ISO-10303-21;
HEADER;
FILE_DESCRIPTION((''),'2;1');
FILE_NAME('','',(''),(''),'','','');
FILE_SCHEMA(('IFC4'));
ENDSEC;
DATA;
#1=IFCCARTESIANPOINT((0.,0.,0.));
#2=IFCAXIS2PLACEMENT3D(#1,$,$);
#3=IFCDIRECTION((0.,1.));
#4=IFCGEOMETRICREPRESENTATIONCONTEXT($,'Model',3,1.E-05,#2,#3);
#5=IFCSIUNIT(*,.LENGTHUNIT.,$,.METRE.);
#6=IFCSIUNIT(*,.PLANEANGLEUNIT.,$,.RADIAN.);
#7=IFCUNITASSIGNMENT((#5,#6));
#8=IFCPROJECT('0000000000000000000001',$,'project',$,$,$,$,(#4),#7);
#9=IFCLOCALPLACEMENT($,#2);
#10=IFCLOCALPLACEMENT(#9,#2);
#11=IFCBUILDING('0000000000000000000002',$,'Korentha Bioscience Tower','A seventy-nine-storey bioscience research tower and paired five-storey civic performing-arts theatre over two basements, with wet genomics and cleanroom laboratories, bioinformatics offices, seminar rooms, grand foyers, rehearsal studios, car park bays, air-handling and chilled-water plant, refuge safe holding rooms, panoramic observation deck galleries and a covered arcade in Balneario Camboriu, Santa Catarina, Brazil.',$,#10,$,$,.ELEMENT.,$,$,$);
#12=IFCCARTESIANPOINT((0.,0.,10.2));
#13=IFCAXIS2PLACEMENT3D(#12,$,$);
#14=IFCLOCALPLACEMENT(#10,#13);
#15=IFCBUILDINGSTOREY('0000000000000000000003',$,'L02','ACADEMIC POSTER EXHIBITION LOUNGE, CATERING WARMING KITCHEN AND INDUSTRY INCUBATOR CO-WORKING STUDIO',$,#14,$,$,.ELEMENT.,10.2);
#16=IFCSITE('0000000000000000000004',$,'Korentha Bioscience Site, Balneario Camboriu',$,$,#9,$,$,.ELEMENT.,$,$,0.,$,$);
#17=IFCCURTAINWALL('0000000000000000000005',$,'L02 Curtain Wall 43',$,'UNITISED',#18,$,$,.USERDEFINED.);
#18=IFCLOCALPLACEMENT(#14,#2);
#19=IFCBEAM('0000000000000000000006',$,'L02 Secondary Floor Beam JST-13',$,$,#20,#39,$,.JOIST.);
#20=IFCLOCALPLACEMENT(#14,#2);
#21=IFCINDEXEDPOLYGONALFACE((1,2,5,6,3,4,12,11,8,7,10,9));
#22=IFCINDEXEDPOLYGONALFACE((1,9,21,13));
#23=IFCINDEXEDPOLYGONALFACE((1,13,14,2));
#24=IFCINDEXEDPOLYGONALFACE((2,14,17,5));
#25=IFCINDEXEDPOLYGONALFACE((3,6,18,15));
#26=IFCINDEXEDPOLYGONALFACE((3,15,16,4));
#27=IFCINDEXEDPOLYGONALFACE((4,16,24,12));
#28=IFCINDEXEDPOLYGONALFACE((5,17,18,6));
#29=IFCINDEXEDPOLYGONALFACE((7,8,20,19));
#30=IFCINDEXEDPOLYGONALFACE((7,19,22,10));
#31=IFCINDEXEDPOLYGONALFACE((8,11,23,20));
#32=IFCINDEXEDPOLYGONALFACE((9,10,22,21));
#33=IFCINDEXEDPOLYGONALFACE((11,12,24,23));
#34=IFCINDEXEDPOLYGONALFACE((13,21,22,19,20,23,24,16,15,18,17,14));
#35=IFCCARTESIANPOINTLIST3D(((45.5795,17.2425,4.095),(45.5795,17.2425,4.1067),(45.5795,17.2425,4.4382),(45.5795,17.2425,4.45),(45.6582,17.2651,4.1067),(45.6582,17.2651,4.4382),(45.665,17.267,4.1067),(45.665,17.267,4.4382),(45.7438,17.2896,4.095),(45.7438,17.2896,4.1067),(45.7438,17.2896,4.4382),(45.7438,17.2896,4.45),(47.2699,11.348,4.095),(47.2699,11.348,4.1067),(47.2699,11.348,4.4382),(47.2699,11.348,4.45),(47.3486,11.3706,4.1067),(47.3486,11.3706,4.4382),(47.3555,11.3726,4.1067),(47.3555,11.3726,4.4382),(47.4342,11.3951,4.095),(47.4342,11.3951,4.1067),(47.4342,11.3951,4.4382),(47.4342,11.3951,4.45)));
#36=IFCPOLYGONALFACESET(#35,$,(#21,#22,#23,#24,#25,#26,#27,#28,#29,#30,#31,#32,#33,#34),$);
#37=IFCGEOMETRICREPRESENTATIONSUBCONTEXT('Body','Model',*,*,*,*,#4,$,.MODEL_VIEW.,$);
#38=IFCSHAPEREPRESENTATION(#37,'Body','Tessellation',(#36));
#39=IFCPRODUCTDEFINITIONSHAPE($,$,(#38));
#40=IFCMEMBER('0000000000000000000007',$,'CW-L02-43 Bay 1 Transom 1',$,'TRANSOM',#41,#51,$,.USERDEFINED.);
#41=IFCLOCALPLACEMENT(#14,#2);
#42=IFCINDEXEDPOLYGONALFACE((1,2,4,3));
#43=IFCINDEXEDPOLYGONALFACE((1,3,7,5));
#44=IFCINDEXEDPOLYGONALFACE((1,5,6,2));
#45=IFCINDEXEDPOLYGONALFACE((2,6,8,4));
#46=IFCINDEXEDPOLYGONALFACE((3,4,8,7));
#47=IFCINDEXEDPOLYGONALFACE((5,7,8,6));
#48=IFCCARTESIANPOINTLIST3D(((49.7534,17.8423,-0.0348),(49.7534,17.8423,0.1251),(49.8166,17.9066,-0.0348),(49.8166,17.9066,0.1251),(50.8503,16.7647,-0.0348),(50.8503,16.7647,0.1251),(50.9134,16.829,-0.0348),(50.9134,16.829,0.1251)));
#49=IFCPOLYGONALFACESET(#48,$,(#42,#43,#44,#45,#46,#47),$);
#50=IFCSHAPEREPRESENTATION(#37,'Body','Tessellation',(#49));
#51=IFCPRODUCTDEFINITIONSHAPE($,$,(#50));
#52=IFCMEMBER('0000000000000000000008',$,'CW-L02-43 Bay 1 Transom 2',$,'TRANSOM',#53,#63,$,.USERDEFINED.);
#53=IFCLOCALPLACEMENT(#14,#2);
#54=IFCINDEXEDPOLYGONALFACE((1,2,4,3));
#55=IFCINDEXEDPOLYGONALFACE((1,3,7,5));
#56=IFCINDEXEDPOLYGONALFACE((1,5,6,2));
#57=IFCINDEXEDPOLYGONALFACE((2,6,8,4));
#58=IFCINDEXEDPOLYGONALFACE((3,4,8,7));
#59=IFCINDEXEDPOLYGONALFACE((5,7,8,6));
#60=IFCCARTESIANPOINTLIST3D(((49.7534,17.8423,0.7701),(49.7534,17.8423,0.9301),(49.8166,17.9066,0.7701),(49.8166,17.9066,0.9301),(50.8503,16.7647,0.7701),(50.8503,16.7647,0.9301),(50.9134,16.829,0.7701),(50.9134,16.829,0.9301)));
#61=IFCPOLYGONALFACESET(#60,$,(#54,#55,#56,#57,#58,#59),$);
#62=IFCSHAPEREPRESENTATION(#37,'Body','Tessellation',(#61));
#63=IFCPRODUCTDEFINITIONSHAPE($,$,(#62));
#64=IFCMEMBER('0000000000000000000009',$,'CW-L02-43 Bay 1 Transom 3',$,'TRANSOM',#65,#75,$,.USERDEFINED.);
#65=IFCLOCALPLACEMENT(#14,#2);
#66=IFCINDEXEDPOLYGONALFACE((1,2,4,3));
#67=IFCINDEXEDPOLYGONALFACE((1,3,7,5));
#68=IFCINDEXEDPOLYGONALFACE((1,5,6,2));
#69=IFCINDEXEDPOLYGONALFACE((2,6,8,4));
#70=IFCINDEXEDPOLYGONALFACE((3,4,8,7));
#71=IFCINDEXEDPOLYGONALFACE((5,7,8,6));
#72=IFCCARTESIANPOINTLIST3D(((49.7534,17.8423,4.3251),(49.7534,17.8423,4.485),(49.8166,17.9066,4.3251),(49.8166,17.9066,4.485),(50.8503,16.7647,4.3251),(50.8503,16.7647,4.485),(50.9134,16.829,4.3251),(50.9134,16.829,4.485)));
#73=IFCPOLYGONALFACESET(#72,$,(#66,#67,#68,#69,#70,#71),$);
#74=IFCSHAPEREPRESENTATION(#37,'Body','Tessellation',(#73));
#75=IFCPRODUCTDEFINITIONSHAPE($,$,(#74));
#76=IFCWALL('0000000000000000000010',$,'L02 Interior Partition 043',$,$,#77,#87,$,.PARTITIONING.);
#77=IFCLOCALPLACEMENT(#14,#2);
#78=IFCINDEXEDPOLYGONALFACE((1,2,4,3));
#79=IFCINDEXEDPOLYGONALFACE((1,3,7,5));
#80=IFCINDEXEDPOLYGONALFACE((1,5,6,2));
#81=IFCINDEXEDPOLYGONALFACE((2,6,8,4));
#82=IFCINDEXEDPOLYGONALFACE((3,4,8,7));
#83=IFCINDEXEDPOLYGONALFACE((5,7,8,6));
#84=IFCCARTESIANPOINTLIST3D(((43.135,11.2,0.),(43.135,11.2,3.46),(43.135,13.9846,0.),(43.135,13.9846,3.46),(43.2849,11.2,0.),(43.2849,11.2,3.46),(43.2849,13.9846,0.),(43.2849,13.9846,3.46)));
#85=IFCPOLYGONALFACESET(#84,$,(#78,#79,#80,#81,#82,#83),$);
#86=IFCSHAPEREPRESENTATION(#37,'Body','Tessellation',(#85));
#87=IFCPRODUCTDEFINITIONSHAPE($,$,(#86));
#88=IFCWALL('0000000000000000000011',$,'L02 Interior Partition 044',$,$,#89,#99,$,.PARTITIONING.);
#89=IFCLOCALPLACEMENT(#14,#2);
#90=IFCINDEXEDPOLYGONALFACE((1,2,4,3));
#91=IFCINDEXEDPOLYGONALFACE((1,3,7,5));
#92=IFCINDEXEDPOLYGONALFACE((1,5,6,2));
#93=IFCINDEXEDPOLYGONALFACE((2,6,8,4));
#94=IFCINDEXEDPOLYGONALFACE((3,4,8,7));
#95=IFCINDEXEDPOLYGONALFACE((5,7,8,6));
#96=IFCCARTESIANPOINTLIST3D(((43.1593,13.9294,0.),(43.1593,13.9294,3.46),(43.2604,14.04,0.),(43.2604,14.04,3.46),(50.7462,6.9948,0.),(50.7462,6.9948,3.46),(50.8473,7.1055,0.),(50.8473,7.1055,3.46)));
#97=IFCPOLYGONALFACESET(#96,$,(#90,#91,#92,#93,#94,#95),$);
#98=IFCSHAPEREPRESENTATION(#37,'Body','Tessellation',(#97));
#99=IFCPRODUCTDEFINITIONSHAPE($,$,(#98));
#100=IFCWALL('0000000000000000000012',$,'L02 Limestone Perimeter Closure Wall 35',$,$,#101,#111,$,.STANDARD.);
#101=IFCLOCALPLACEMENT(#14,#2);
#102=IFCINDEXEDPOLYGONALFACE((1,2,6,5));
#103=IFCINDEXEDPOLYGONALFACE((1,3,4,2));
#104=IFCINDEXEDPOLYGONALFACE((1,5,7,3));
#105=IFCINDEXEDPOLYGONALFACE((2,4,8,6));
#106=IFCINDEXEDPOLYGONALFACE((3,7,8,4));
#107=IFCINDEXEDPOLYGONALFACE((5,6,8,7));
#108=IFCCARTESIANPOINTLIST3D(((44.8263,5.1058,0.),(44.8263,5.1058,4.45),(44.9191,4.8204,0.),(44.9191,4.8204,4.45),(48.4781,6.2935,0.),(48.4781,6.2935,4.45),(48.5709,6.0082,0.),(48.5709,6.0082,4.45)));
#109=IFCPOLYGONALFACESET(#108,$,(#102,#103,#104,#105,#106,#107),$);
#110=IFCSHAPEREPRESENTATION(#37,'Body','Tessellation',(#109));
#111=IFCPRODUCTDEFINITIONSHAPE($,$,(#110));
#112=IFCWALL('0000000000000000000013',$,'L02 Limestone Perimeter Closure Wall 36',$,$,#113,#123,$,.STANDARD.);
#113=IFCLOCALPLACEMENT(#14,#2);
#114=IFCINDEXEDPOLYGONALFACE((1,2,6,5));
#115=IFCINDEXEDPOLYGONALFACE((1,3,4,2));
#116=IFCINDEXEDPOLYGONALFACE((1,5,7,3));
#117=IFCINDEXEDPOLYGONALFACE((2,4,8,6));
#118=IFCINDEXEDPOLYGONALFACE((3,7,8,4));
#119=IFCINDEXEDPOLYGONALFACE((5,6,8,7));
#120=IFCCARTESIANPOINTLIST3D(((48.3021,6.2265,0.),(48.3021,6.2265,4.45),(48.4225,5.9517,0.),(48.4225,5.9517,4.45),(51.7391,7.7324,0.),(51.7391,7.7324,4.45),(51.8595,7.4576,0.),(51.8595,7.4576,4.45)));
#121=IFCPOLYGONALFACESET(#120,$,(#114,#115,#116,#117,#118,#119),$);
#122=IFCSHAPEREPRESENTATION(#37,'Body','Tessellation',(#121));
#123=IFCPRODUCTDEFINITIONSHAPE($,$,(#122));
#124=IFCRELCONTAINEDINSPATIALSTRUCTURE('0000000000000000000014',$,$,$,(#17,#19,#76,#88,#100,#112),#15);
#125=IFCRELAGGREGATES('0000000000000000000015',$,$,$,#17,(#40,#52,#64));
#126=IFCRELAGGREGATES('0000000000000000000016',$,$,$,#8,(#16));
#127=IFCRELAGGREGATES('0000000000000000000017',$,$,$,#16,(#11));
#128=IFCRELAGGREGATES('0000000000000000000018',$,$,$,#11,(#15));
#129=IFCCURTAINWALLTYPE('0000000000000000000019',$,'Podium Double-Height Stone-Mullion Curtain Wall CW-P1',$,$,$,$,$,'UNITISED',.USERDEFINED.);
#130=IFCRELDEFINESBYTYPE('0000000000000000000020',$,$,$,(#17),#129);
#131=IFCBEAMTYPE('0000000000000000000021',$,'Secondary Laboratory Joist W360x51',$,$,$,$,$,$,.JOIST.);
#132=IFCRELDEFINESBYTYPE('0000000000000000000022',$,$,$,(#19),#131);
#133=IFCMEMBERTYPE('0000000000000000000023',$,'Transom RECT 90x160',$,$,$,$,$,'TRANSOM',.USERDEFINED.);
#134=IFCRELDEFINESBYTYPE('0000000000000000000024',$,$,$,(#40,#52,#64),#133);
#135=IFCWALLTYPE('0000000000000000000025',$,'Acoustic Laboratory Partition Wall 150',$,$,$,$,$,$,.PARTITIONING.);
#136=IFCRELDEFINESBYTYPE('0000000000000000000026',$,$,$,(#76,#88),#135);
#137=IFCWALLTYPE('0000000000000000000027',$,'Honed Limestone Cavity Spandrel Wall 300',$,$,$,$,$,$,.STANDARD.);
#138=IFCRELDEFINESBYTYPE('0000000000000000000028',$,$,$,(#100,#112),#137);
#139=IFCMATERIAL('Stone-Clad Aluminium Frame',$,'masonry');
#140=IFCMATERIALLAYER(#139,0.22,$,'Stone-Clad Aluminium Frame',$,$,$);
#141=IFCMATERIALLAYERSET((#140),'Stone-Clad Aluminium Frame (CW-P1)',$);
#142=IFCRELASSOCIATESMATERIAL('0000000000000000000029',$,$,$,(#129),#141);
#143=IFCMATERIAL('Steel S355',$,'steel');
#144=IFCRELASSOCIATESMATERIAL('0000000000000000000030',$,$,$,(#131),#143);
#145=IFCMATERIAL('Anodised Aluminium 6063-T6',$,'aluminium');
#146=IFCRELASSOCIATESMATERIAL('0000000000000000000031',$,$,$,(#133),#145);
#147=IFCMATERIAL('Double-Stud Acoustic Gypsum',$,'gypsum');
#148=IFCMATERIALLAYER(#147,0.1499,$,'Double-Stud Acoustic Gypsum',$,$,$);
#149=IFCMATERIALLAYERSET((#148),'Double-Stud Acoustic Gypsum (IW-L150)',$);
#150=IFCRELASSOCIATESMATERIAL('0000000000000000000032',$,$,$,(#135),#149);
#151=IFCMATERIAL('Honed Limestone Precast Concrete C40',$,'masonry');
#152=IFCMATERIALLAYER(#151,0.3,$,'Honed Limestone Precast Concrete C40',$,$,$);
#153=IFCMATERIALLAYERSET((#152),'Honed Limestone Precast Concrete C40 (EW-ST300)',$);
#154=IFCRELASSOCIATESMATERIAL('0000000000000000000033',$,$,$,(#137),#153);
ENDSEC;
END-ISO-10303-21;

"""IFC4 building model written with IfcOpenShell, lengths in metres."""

from ifc_helpers import new_model, si_unit, direction, frame, frame_2d, origin, origin_2d, place, context, subcontext, project, spatial, rectangle, i_section, extrude, material, layer, layer_set, material_profile, profile_set, type_object, element, aggregate, save


model = new_model("IFC4")

# Units and contexts
model_context = context("Model", 3, precision=1e-05, world=origin(), true_north=direction((0.0, 1.0)))
body_context = subcontext(model_context, "Body", "Model", "MODEL_VIEW")
ifc_project = project(units=[si_unit("LENGTHUNIT", "METRE"), si_unit("PLANEANGLEUNIT", "RADIAN")], contexts=[model_context])

# Site, building, storey
site_placement = place(None, origin())
site = spatial("IfcSite", under=ifc_project, at=site_placement, Name="Korentha Bioscience Site, Balneario Camboriu", CompositionType="ELEMENT", RefElevation=0.0)
building_placement = place(site_placement, origin())
building = spatial("IfcBuilding", under=site, at=building_placement, Name="Korentha Bioscience Tower", Description="A seventy-nine-storey bioscience research tower and paired five-storey civic performing-arts theatre over two basements, with wet genomics and cleanroom laboratories, bioinformatics offices, seminar rooms, grand foyers, rehearsal studios, car park bays, air-handling and chilled-water plant, refuge safe holding rooms, panoramic observation deck galleries and a covered arcade in Balneario Camboriu, Santa Catarina, Brazil.", CompositionType="ELEMENT")
storey_placement = place(building_placement, frame((0.0, 0.0, 10.2)))
storey = spatial("IfcBuildingStorey", under=building, at=storey_placement, Name="L02", Description="ACADEMIC POSTER EXHIBITION LOUNGE, CATERING WARMING KITCHEN AND INDUSTRY INCUBATOR CO-WORKING STUDIO", CompositionType="ELEMENT", Elevation=10.2)

# Shared definitions
ifc_material_1 = material(Name="Steel S355", Category="steel")

# Curtain wall
ifc_material_2 = material(Name="Stone-Clad Aluminium Frame", Category="masonry")
ifc_layer_1 = layer(ifc_material_2, 0.22, Name="Stone-Clad Aluminium Frame")
ifc_layer_set_1 = layer_set([ifc_layer_1], Name="Stone-Clad Aluminium Frame (CW-P1)")
curtain_wall_type = type_object("IfcCurtainWallType", Name="Podium Double-Height Stone-Mullion Curtain Wall CW-P1", ElementType="UNITISED", PredefinedType="USERDEFINED", material=ifc_layer_set_1)
curtain_wall_placement = place(storey_placement, origin())
curtain_wall = element("IfcCurtainWall", 1, at=curtain_wall_placement, inside=storey, type_object=curtain_wall_type, Name="L02 Curtain Wall 43", ObjectType="UNITISED", PredefinedType="USERDEFINED")
ifc_material_3 = material(Name="Anodised Aluminium 6063-T6", Category="aluminium")

# Beam
ifc_material_profile_1 = material_profile(ifc_material_1, i_section(OverallWidth=0.1709, OverallDepth=0.355, WebThickness=0.0071, FlangeThickness=0.0117, at=origin_2d()), Name="Steel S355")
ifc_profile_set_1 = profile_set([ifc_material_profile_1], Name="Steel S355 (JB-360)")
beam_type_1 = type_object("IfcBeamType", Name="Secondary Laboratory Joist W360x51", PredefinedType="JOIST", material=ifc_profile_set_1)
beam_1_placement = place(storey_placement, frame((47.3521, 11.3716, 4.2725), z_axis=(-0.275668, 0.961253, 0.0), x_axis=(-0.961253, -0.275668, 0.0)))
element("IfcBeam", 2, at=beam_1_placement, inside=storey, type_object=beam_type_1, Name="L02 Secondary Floor Beam JST-13", PredefinedType="JOIST", context=body_context, shape_type="SweptSolid", body=[
    extrude(i_section(OverallWidth=0.1709, OverallDepth=0.355, WebThickness=0.0071, FlangeThickness=0.0117, at=origin_2d()), origin(), (0.0, 0.0, 1.0), 6.1321),
])

# Members
ifc_material_profile_2 = material_profile(ifc_material_3, rectangle(XDim=0.0901, YDim=0.1599, at=origin_2d()), Name="Anodised Aluminium 6063-T6")
ifc_profile_set_2 = profile_set([ifc_material_profile_2], Name="Anodised Aluminium 6063-T6 (CW-TRN)")
member_type_1 = type_object("IfcMemberType", Name="Transom RECT 90x160", ElementType="TRANSOM", PredefinedType="USERDEFINED", material=ifc_profile_set_2)
member_1_placement = place(storey_placement, frame((50.8818, 16.7969, 0.0452), z_axis=(-0.71335, 0.700808, 0.0), x_axis=(-0.700808, -0.71335, 0.0)))
member_1 = element("IfcMember", 3, at=member_1_placement, type_object=member_type_1, Name="CW-L02-43 Bay 1 Transom 1", ObjectType="TRANSOM", PredefinedType="USERDEFINED", context=body_context, shape_type="SweptSolid", body=[
    extrude(rectangle(XDim=0.0901, YDim=0.1599, at=origin_2d()), origin(), (0.0, 0.0, 1.0), 1.5376),
])
member_2_placement = place(storey_placement, frame((50.8818, 16.7969, 0.8501), z_axis=(-0.71335, 0.700808, 0.0), x_axis=(-0.700808, -0.71335, 0.0)))
member_2 = element("IfcMember", 4, at=member_2_placement, type_object=member_type_1, Name="CW-L02-43 Bay 1 Transom 2", ObjectType="TRANSOM", PredefinedType="USERDEFINED", context=body_context, shape_type="SweptSolid", body=[
    extrude(rectangle(XDim=0.0901, YDim=0.1599, at=origin_2d()), origin(), (0.0, 0.0, 1.0), 1.5376),
])
member_3_placement = place(storey_placement, frame((50.8818, 16.7969, 4.405), z_axis=(-0.71335, 0.700808, 0.0), x_axis=(-0.700808, -0.71335, 0.0)))
member_3 = element("IfcMember", 5, at=member_3_placement, type_object=member_type_1, Name="CW-L02-43 Bay 1 Transom 3", ObjectType="TRANSOM", PredefinedType="USERDEFINED", context=body_context, shape_type="SweptSolid", body=[
    extrude(rectangle(XDim=0.0901, YDim=0.1599, at=origin_2d()), origin(), (0.0, 0.0, 1.0), 1.5376),
])
aggregate(curtain_wall, [member_1, member_2, member_3])

# Shared definitions
ifc_material_4 = material(Name="Double-Stud Acoustic Gypsum", Category="gypsum")
ifc_layer_2 = layer(ifc_material_4, 0.1499, Name="Double-Stud Acoustic Gypsum")
ifc_layer_set_2 = layer_set([ifc_layer_2], Name="Double-Stud Acoustic Gypsum (IW-L150)")
wall_type_1 = type_object("IfcWallType", Name="Acoustic Laboratory Partition Wall 150", PredefinedType="PARTITIONING", material=ifc_layer_set_2)

# Walls
wall_1_placement = place(storey_placement, frame((43.21, 11.2, 0.0), z_axis=(0.0, 0.0, 1.0), x_axis=(0.0, 1.0, 0.0)))
element("IfcWall", 6, at=wall_1_placement, inside=storey, type_object=wall_type_1, Name="L02 Interior Partition 043", PredefinedType="PARTITIONING", context=body_context, shape_type="SweptSolid", body=[
    extrude(rectangle(XDim=2.7847, YDim=0.1499, at=frame_2d((1.3923, 0.0))), origin(), (0.0, 0.0, 1.0), 3.46),
])
wall_2_placement = place(storey_placement, frame((43.21, 13.9846, 0.0), z_axis=(0.0, 0.0, 1.0), x_axis=(0.738127, -0.674661, 0.0)))
element("IfcWall", 7, at=wall_2_placement, inside=storey, type_object=wall_type_1, Name="L02 Interior Partition 044", PredefinedType="PARTITIONING", context=body_context, shape_type="SweptSolid", body=[
    extrude(rectangle(XDim=10.2786, YDim=0.1499, at=frame_2d((5.1392, 0.0))), origin(), (0.0, 0.0, 1.0), 3.46),
])
ifc_material_5 = material(Name="Honed Limestone Precast Concrete C40", Category="masonry")
ifc_layer_3 = layer(ifc_material_5, 0.3, Name="Honed Limestone Precast Concrete C40")
ifc_layer_set_3 = layer_set([ifc_layer_3], Name="Honed Limestone Precast Concrete C40 (EW-ST300)")
wall_type_2 = type_object("IfcWallType", Name="Honed Limestone Cavity Spandrel Wall 300", PredefinedType="STANDARD", material=ifc_layer_set_3)
wall_3_placement = place(storey_placement, frame((44.8728, 4.9631, 0.0), z_axis=(0.0, 0.0, 1.0), x_axis=(0.950966, 0.309296, 0.0)))
element("IfcWall", 8, at=wall_3_placement, inside=storey, type_object=wall_type_2, Name="L02 Limestone Perimeter Closure Wall 35", PredefinedType="STANDARD", context=body_context, shape_type="SweptSolid", body=[
    extrude(rectangle(XDim=3.8401, YDim=0.3, at=frame_2d((1.9199, 0.0))), origin(), (0.0, 0.0, 1.0), 4.45),
])
wall_4_placement = place(storey_placement, frame((48.3623, 6.0891, 0.0), z_axis=(0.0, 0.0, 1.0), x_axis=(0.915945, 0.401303, 0.0)))
element("IfcWall", 9, at=wall_4_placement, inside=storey, type_object=wall_type_2, Name="L02 Limestone Perimeter Closure Wall 36", PredefinedType="STANDARD", context=body_context, shape_type="SweptSolid", body=[
    extrude(rectangle(XDim=3.7524, YDim=0.3, at=frame_2d((1.8762, 0.0))), origin(), (0.0, 0.0, 1.0), 4.45),
])

save(model, "model.ifc")
